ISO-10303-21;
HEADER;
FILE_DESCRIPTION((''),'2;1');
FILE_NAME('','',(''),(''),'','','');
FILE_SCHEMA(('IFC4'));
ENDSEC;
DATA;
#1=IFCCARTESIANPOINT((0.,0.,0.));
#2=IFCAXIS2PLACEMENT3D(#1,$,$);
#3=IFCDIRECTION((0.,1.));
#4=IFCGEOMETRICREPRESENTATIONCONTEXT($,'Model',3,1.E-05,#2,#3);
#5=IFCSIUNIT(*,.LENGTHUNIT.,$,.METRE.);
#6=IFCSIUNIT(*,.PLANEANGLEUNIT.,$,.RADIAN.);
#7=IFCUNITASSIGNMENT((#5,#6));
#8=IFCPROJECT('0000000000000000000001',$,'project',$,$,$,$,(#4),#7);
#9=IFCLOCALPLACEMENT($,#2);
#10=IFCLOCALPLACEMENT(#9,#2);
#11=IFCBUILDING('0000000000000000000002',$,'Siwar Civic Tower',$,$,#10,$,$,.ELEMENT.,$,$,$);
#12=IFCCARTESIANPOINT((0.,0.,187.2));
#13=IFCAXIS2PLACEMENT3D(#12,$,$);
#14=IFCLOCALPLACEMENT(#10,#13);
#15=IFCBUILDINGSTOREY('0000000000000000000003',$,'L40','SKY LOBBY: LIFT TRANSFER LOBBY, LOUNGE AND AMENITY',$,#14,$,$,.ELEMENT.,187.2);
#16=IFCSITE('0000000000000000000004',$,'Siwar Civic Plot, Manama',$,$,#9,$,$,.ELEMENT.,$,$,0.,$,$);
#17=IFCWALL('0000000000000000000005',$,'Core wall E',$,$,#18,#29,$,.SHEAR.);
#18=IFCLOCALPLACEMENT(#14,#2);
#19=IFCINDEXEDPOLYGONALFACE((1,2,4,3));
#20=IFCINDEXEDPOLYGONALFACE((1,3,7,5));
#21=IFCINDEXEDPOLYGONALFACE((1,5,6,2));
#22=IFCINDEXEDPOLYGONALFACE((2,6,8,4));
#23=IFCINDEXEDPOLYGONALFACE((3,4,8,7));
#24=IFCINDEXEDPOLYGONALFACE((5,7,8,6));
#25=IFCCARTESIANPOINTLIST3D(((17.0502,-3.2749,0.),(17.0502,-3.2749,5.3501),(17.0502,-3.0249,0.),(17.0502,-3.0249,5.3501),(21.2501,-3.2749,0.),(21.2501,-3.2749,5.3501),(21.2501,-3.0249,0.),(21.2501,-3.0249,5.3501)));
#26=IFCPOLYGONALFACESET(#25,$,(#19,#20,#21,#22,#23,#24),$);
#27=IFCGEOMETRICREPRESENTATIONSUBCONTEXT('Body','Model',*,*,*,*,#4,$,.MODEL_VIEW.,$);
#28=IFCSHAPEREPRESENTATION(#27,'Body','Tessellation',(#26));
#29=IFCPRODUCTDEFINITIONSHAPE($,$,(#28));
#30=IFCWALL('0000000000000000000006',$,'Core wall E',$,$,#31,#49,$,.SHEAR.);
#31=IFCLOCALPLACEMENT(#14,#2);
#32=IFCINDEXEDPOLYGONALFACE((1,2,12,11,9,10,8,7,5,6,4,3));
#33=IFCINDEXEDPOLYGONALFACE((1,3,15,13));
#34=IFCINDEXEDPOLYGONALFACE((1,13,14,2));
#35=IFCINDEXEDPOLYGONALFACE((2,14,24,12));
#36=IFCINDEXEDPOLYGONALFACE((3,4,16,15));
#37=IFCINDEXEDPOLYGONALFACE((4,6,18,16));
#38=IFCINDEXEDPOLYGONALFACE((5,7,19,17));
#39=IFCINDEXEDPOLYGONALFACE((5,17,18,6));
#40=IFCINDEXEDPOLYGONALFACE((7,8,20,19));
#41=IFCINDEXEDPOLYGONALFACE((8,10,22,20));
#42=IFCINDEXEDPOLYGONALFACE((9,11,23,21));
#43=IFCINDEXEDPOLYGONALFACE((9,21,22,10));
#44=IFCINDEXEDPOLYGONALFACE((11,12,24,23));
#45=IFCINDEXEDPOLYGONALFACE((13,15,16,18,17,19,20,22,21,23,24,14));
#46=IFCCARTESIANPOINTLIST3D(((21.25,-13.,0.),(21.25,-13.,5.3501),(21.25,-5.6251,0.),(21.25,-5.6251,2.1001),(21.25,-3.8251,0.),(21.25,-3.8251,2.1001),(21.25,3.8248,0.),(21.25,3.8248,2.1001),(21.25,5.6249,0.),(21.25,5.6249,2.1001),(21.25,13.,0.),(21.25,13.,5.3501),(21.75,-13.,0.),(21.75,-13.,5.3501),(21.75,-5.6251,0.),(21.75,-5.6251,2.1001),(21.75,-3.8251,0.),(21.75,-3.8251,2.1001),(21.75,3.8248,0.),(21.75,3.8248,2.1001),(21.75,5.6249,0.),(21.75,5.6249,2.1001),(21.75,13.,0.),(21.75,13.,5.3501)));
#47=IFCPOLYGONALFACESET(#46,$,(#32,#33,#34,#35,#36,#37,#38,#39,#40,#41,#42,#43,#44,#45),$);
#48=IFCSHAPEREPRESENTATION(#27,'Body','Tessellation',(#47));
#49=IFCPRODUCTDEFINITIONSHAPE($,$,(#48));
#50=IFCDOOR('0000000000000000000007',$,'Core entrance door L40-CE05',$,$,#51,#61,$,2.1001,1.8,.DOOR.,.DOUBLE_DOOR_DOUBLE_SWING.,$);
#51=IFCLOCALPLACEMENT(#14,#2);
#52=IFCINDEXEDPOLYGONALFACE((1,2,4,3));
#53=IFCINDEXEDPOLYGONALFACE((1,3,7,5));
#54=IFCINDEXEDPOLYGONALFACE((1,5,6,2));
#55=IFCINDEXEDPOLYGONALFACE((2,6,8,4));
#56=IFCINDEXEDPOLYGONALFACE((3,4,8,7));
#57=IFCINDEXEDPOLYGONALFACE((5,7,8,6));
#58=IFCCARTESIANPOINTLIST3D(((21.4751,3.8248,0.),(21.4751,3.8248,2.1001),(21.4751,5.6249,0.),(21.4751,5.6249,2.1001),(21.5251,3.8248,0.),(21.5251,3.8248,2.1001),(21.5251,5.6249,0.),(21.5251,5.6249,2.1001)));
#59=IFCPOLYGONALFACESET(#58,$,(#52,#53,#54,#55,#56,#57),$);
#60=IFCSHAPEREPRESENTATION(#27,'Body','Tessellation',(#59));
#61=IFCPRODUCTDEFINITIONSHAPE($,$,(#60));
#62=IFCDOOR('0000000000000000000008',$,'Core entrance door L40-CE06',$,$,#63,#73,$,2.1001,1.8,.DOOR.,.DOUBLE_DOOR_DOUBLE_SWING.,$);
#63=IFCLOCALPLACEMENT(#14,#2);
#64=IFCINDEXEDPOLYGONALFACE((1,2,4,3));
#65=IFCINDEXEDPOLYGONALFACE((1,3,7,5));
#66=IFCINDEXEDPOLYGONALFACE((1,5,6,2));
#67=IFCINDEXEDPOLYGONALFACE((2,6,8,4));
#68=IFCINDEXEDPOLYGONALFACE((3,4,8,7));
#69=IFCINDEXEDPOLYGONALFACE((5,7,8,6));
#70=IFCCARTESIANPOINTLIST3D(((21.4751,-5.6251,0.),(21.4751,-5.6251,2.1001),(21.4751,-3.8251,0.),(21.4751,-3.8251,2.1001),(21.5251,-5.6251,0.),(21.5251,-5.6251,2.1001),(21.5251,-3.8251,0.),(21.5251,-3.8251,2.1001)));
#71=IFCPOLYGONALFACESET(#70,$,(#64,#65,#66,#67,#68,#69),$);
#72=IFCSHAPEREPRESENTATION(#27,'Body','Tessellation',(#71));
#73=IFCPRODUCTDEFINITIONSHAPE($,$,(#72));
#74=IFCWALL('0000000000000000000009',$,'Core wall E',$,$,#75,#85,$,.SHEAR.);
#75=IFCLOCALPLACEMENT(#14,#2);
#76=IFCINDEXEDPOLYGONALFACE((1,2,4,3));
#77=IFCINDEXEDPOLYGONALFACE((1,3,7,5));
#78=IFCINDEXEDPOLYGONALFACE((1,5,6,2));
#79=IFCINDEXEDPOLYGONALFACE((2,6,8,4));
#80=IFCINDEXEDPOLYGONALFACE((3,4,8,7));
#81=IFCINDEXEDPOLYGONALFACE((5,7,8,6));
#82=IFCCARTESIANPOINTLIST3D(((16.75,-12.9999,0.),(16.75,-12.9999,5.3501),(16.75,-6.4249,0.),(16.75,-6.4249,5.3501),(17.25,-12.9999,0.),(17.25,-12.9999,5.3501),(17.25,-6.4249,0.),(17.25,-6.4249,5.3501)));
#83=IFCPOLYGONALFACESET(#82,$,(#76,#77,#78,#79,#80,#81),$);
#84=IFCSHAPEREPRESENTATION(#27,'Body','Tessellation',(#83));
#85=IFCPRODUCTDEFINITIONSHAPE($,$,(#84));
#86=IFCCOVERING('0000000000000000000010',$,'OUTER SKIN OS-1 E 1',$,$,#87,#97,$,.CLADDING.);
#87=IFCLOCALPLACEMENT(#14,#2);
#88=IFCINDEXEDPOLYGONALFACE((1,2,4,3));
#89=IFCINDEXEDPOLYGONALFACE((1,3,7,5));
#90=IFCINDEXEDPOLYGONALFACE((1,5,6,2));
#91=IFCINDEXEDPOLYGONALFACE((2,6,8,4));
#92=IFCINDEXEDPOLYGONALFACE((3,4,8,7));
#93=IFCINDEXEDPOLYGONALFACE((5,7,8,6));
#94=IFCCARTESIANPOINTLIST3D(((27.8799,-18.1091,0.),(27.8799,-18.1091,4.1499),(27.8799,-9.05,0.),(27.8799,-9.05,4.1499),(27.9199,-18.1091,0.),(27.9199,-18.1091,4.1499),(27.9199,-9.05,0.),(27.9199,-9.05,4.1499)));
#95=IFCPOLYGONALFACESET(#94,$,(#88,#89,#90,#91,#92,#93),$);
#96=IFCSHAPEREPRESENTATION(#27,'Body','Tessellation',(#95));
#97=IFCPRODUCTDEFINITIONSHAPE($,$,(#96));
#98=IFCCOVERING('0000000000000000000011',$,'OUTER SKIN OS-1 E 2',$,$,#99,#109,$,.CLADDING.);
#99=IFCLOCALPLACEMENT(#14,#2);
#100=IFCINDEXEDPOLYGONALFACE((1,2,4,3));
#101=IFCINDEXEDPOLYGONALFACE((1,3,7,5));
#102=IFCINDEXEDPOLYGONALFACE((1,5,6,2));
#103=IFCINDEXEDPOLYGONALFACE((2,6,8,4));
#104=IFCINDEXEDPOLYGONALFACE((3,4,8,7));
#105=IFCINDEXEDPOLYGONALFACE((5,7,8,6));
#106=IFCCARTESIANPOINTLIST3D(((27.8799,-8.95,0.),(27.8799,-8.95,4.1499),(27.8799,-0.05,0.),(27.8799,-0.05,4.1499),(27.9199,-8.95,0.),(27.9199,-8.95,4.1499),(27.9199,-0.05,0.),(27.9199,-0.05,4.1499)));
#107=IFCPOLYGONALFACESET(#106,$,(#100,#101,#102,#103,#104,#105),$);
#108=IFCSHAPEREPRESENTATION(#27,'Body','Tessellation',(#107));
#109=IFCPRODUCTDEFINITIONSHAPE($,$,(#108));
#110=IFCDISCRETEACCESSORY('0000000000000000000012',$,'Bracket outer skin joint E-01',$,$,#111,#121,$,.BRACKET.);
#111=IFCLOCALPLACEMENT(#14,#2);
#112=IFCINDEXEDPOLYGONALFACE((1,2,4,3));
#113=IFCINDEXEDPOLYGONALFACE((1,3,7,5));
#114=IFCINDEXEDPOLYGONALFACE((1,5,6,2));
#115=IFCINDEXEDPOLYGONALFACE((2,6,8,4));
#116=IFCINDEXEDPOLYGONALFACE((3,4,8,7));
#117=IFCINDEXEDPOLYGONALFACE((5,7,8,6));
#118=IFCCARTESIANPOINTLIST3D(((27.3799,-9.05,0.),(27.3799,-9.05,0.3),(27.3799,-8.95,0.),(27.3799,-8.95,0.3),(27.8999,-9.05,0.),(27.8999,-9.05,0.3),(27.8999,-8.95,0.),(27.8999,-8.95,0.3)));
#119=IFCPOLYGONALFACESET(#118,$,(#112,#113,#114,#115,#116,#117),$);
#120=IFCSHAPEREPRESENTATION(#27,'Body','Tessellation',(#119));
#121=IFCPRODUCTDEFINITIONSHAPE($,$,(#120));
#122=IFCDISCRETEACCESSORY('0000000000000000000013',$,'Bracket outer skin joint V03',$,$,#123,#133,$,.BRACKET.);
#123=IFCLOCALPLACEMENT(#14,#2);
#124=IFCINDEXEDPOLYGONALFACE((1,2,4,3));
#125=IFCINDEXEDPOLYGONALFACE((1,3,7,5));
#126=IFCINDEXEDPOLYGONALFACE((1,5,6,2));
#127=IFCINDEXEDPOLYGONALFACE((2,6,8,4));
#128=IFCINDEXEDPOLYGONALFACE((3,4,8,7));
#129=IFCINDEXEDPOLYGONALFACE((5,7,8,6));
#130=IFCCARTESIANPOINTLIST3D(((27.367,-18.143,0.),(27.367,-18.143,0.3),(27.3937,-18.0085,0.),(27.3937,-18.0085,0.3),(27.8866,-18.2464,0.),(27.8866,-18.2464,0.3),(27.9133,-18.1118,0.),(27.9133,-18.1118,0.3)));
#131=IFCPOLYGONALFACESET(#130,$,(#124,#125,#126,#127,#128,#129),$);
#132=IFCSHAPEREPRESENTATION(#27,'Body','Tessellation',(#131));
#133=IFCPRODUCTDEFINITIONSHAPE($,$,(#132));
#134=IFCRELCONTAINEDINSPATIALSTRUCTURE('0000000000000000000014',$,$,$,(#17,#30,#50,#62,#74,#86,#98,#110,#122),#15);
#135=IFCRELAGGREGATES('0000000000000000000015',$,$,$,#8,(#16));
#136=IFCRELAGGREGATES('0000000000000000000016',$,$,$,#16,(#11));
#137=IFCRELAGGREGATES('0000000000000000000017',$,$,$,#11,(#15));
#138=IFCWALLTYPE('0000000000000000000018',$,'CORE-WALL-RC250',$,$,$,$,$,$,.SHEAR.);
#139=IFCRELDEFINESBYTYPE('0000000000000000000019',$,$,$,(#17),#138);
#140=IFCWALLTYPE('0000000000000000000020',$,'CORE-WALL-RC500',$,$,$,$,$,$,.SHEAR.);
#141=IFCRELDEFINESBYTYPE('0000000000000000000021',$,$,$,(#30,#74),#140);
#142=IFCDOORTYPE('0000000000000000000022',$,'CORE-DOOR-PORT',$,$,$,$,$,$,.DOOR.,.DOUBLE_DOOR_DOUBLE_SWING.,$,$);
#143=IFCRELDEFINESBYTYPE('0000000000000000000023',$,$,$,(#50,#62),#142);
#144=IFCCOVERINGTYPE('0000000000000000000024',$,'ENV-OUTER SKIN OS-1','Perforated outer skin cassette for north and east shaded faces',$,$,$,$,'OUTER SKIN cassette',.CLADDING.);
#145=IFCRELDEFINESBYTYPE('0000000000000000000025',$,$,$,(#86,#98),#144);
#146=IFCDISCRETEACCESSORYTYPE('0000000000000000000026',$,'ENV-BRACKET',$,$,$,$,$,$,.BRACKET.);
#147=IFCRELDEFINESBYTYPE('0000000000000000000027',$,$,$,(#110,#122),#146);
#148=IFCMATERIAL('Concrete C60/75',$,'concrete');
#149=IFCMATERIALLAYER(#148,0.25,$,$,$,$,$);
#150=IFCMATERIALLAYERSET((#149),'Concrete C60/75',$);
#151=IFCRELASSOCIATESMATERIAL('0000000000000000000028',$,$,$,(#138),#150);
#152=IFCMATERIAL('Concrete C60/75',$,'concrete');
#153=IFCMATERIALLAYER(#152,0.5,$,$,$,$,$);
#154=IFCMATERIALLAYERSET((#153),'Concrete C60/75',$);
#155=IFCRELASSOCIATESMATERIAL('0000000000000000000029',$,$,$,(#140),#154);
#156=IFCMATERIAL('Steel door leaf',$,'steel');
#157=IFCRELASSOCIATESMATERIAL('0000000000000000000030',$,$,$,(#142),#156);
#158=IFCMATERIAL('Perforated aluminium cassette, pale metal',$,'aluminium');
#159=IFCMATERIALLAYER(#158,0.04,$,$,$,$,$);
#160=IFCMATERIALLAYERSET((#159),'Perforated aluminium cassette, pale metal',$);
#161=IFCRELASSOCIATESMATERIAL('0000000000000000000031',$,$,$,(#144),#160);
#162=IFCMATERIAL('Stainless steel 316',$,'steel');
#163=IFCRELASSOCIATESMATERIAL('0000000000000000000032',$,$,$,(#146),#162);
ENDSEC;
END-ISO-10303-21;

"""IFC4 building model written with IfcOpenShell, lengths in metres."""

from ifc_helpers import new_model, si_unit, direction, frame, frame_2d, origin, origin_2d, place, context, subcontext, project, spatial, rectangle, extrude, material, layer, layer_set, type_object, element, fill, save


model = new_model("IFC4")

# Units and contexts
model_context = context("Model", 3, precision=1e-05, world=origin(), true_north=direction((0.0, 1.0)))
body_context = subcontext(model_context, "Body", "Model", "MODEL_VIEW")
ifc_project = project(units=[si_unit("LENGTHUNIT", "METRE"), si_unit("PLANEANGLEUNIT", "RADIAN")], contexts=[model_context])

# Site, building, storey
site_placement = place(None, origin())
site = spatial("IfcSite", under=ifc_project, at=site_placement, Name="Siwar Civic Plot, Manama", CompositionType="ELEMENT", RefElevation=0.0)
building_placement = place(site_placement, origin())
building = spatial("IfcBuilding", under=site, at=building_placement, Name="Siwar Civic Tower", CompositionType="ELEMENT")
storey_placement = place(building_placement, frame((0.0, 0.0, 187.2)))
storey = spatial("IfcBuildingStorey", under=building, at=storey_placement, Name="L40", Description="SKY LOBBY: LIFT TRANSFER LOBBY, LOUNGE AND AMENITY", CompositionType="ELEMENT", Elevation=187.2)

# Wall
ifc_material_1 = material(Name="Concrete C60/75", Category="concrete")
ifc_layer_1 = layer(ifc_material_1, 0.25)
ifc_layer_set_1 = layer_set([ifc_layer_1], Name="Concrete C60/75")
wall_type_1 = type_object("IfcWallType", Name="CORE-WALL-RC250", PredefinedType="SHEAR", material=ifc_layer_set_1)
wall_1_placement = place(storey_placement, frame((17.05, -3.1499, 0.0), z_axis=(0.0, 0.0, 1.0), x_axis=(1.0, 0.0, 0.0)))
element("IfcWall", 1, at=wall_1_placement, inside=storey, type_object=wall_type_1, Name="Core wall E", PredefinedType="SHEAR", context=body_context, shape_type="SweptSolid", body=[
    extrude(rectangle(XDim=4.2, YDim=0.25, at=frame_2d((2.1001, 0.0))), origin(), (0.0, 0.0, 1.0), 5.3501),
])

# Wall, openings, doors
ifc_material_2 = material(Name="Concrete C60/75", Category="concrete")
ifc_layer_2 = layer(ifc_material_2, 0.5)
ifc_layer_set_2 = layer_set([ifc_layer_2], Name="Concrete C60/75")
wall_type_2 = type_object("IfcWallType", Name="CORE-WALL-RC500", PredefinedType="SHEAR", material=ifc_layer_set_2)
wall_2_placement = place(storey_placement, frame((21.5, -13.0, 0.0), z_axis=(0.0, 0.0, 1.0), x_axis=(0.0, 1.0, 0.0)))
wall_2 = element("IfcWall", 2, at=wall_2_placement, inside=storey, type_object=wall_type_2, Name="Core wall E", PredefinedType="SHEAR", context=body_context, shape_type="SweptSolid", body=[
    extrude(rectangle(XDim=26.0, YDim=0.5, at=frame_2d((13.0, 0.0))), origin(), (0.0, 0.0, 1.0), 5.3501),
])
opening_1_placement = place(wall_2_placement, frame((16.825, 0.0, 0.0)))
opening_1 = element("IfcOpeningElement", 3, at=opening_1_placement, cuts=wall_2, PredefinedType="OPENING", context=body_context, shape_type="SweptSolid", body=[
    extrude(rectangle(XDim=1.8, YDim=2.1001, at=frame_2d((0.8999, 1.05))), frame((0.0, 0.26, 0.0), z_axis=(0.0, -1.0, 0.0), x_axis=(1.0, 0.0, 0.0)), (0.0, 0.0, 1.0), 0.52),
])
opening_2_placement = place(wall_2_placement, frame((7.375, 0.0, 0.0)))
opening_2 = element("IfcOpeningElement", 4, at=opening_2_placement, cuts=wall_2, PredefinedType="OPENING", context=body_context, shape_type="SweptSolid", body=[
    extrude(rectangle(XDim=1.8, YDim=2.1001, at=frame_2d((0.8999, 1.05))), frame((0.0, 0.26, 0.0), z_axis=(0.0, -1.0, 0.0), x_axis=(1.0, 0.0, 0.0)), (0.0, 0.0, 1.0), 0.52),
])
ifc_material_3 = material(Name="Steel door leaf", Category="steel")
door_type_1 = type_object("IfcDoorType", Name="CORE-DOOR-PORT", OperationType="DOUBLE_DOOR_DOUBLE_SWING", PredefinedType="DOOR", material=ifc_material_3)
door_1_placement = place(opening_1_placement, origin())
door_1 = element("IfcDoor", 5, at=door_1_placement, inside=storey, type_object=door_type_1, Name="Core entrance door L40-CE05", OperationType="DOUBLE_DOOR_DOUBLE_SWING", OverallHeight=2.1001, OverallWidth=1.8, PredefinedType="DOOR", context=body_context, shape_type="SweptSolid", body=[
    extrude(rectangle(XDim=1.8, YDim=2.1001, at=frame_2d((0.8999, 1.05))), frame((0.0, 0.0249, 0.0), z_axis=(0.0, -1.0, 0.0), x_axis=(1.0, 0.0, 0.0)), (0.0, 0.0, 1.0), 0.05),
])
fill(opening_1, door_1)
door_2_placement = place(opening_2_placement, origin())
door_2 = element("IfcDoor", 6, at=door_2_placement, inside=storey, type_object=door_type_1, Name="Core entrance door L40-CE06", OperationType="DOUBLE_DOOR_DOUBLE_SWING", OverallHeight=2.1001, OverallWidth=1.8, PredefinedType="DOOR", context=body_context, shape_type="SweptSolid", body=[
    extrude(rectangle(XDim=1.8, YDim=2.1001, at=frame_2d((0.8999, 1.05))), frame((0.0, 0.0249, 0.0), z_axis=(0.0, -1.0, 0.0), x_axis=(1.0, 0.0, 0.0)), (0.0, 0.0, 1.0), 0.05),
])
fill(opening_2, door_2)

# Wall
wall_3_placement = place(storey_placement, frame((17.0, -13.0, 0.0), z_axis=(0.0, 0.0, 1.0), x_axis=(0.0, 1.0, 0.0)))
element("IfcWall", 7, at=wall_3_placement, inside=storey, type_object=wall_type_2, Name="Core wall E", PredefinedType="SHEAR", context=body_context, shape_type="SweptSolid", body=[
    extrude(rectangle(XDim=6.575, YDim=0.5, at=frame_2d((3.2876, 0.0))), origin(), (0.0, 0.0, 1.0), 5.3501),
])

# Coverings
ifc_material_4 = material(Name="Perforated aluminium cassette, pale metal", Category="aluminium")
ifc_layer_3 = layer(ifc_material_4, 0.04)
ifc_layer_set_3 = layer_set([ifc_layer_3], Name="Perforated aluminium cassette, pale metal")
covering_type = type_object("IfcCoveringType", Name="ENV-OUTER SKIN OS-1", Description="Perforated outer skin cassette for north and east shaded faces", ElementType="OUTER SKIN cassette", PredefinedType="CLADDING", material=ifc_layer_set_3)
covering_1_placement = place(storey_placement, frame((27.8999, -13.5796, 0.0), z_axis=(0.0, 0.0, 1.0), x_axis=(0.0, 1.0, 0.0)))
element("IfcCovering", 8, at=covering_1_placement, inside=storey, type_object=covering_type, Name="OUTER SKIN OS-1 E 1", PredefinedType="CLADDING", context=body_context, shape_type="SweptSolid", body=[
    extrude(rectangle(XDim=9.0591, YDim=0.04, at=origin_2d()), origin(), (0.0, 0.0, 1.0), 4.1499),
])
covering_2_placement = place(storey_placement, frame((27.8999, -4.5, 0.0), z_axis=(0.0, 0.0, 1.0), x_axis=(0.0, 1.0, 0.0)))
element("IfcCovering", 9, at=covering_2_placement, inside=storey, type_object=covering_type, Name="OUTER SKIN OS-1 E 2", PredefinedType="CLADDING", context=body_context, shape_type="SweptSolid", body=[
    extrude(rectangle(XDim=8.8999, YDim=0.04, at=origin_2d()), origin(), (0.0, 0.0, 1.0), 4.1499),
])

# Discrete accessories
ifc_material_5 = material(Name="Stainless steel 316", Category="steel")
discrete_accessory_type = type_object("IfcDiscreteAccessoryType", Name="ENV-BRACKET", PredefinedType="BRACKET", material=ifc_material_5)
discrete_accessory_1_placement = place(storey_placement, frame((27.6399, -9.0, 0.0), z_axis=(0.0, 0.0, 1.0), x_axis=(1.0, 0.0, 0.0)))
element("IfcDiscreteAccessory", 10, at=discrete_accessory_1_placement, inside=storey, type_object=discrete_accessory_type, Name="Bracket outer skin joint E-01", PredefinedType="BRACKET", context=body_context, shape_type="SweptSolid", body=[
    extrude(rectangle(XDim=0.52, YDim=0.1001, at=origin_2d()), origin(), (0.0, 0.0, 1.0), 0.3),
])
discrete_accessory_2_placement = place(storey_placement, frame((27.6401, -18.1274, 0.0), z_axis=(0.0, 0.0, 1.0), x_axis=(0.980785, -0.19509, 0.0)))
element("IfcDiscreteAccessory", 11, at=discrete_accessory_2_placement, inside=storey, type_object=discrete_accessory_type, Name="Bracket outer skin joint V03", PredefinedType="BRACKET", context=body_context, shape_type="SweptSolid", body=[
    extrude(rectangle(XDim=0.5298, YDim=0.1372, at=origin_2d()), origin(), (0.0, 0.0, 1.0), 0.3),
])

save(model, "model.ifc")
